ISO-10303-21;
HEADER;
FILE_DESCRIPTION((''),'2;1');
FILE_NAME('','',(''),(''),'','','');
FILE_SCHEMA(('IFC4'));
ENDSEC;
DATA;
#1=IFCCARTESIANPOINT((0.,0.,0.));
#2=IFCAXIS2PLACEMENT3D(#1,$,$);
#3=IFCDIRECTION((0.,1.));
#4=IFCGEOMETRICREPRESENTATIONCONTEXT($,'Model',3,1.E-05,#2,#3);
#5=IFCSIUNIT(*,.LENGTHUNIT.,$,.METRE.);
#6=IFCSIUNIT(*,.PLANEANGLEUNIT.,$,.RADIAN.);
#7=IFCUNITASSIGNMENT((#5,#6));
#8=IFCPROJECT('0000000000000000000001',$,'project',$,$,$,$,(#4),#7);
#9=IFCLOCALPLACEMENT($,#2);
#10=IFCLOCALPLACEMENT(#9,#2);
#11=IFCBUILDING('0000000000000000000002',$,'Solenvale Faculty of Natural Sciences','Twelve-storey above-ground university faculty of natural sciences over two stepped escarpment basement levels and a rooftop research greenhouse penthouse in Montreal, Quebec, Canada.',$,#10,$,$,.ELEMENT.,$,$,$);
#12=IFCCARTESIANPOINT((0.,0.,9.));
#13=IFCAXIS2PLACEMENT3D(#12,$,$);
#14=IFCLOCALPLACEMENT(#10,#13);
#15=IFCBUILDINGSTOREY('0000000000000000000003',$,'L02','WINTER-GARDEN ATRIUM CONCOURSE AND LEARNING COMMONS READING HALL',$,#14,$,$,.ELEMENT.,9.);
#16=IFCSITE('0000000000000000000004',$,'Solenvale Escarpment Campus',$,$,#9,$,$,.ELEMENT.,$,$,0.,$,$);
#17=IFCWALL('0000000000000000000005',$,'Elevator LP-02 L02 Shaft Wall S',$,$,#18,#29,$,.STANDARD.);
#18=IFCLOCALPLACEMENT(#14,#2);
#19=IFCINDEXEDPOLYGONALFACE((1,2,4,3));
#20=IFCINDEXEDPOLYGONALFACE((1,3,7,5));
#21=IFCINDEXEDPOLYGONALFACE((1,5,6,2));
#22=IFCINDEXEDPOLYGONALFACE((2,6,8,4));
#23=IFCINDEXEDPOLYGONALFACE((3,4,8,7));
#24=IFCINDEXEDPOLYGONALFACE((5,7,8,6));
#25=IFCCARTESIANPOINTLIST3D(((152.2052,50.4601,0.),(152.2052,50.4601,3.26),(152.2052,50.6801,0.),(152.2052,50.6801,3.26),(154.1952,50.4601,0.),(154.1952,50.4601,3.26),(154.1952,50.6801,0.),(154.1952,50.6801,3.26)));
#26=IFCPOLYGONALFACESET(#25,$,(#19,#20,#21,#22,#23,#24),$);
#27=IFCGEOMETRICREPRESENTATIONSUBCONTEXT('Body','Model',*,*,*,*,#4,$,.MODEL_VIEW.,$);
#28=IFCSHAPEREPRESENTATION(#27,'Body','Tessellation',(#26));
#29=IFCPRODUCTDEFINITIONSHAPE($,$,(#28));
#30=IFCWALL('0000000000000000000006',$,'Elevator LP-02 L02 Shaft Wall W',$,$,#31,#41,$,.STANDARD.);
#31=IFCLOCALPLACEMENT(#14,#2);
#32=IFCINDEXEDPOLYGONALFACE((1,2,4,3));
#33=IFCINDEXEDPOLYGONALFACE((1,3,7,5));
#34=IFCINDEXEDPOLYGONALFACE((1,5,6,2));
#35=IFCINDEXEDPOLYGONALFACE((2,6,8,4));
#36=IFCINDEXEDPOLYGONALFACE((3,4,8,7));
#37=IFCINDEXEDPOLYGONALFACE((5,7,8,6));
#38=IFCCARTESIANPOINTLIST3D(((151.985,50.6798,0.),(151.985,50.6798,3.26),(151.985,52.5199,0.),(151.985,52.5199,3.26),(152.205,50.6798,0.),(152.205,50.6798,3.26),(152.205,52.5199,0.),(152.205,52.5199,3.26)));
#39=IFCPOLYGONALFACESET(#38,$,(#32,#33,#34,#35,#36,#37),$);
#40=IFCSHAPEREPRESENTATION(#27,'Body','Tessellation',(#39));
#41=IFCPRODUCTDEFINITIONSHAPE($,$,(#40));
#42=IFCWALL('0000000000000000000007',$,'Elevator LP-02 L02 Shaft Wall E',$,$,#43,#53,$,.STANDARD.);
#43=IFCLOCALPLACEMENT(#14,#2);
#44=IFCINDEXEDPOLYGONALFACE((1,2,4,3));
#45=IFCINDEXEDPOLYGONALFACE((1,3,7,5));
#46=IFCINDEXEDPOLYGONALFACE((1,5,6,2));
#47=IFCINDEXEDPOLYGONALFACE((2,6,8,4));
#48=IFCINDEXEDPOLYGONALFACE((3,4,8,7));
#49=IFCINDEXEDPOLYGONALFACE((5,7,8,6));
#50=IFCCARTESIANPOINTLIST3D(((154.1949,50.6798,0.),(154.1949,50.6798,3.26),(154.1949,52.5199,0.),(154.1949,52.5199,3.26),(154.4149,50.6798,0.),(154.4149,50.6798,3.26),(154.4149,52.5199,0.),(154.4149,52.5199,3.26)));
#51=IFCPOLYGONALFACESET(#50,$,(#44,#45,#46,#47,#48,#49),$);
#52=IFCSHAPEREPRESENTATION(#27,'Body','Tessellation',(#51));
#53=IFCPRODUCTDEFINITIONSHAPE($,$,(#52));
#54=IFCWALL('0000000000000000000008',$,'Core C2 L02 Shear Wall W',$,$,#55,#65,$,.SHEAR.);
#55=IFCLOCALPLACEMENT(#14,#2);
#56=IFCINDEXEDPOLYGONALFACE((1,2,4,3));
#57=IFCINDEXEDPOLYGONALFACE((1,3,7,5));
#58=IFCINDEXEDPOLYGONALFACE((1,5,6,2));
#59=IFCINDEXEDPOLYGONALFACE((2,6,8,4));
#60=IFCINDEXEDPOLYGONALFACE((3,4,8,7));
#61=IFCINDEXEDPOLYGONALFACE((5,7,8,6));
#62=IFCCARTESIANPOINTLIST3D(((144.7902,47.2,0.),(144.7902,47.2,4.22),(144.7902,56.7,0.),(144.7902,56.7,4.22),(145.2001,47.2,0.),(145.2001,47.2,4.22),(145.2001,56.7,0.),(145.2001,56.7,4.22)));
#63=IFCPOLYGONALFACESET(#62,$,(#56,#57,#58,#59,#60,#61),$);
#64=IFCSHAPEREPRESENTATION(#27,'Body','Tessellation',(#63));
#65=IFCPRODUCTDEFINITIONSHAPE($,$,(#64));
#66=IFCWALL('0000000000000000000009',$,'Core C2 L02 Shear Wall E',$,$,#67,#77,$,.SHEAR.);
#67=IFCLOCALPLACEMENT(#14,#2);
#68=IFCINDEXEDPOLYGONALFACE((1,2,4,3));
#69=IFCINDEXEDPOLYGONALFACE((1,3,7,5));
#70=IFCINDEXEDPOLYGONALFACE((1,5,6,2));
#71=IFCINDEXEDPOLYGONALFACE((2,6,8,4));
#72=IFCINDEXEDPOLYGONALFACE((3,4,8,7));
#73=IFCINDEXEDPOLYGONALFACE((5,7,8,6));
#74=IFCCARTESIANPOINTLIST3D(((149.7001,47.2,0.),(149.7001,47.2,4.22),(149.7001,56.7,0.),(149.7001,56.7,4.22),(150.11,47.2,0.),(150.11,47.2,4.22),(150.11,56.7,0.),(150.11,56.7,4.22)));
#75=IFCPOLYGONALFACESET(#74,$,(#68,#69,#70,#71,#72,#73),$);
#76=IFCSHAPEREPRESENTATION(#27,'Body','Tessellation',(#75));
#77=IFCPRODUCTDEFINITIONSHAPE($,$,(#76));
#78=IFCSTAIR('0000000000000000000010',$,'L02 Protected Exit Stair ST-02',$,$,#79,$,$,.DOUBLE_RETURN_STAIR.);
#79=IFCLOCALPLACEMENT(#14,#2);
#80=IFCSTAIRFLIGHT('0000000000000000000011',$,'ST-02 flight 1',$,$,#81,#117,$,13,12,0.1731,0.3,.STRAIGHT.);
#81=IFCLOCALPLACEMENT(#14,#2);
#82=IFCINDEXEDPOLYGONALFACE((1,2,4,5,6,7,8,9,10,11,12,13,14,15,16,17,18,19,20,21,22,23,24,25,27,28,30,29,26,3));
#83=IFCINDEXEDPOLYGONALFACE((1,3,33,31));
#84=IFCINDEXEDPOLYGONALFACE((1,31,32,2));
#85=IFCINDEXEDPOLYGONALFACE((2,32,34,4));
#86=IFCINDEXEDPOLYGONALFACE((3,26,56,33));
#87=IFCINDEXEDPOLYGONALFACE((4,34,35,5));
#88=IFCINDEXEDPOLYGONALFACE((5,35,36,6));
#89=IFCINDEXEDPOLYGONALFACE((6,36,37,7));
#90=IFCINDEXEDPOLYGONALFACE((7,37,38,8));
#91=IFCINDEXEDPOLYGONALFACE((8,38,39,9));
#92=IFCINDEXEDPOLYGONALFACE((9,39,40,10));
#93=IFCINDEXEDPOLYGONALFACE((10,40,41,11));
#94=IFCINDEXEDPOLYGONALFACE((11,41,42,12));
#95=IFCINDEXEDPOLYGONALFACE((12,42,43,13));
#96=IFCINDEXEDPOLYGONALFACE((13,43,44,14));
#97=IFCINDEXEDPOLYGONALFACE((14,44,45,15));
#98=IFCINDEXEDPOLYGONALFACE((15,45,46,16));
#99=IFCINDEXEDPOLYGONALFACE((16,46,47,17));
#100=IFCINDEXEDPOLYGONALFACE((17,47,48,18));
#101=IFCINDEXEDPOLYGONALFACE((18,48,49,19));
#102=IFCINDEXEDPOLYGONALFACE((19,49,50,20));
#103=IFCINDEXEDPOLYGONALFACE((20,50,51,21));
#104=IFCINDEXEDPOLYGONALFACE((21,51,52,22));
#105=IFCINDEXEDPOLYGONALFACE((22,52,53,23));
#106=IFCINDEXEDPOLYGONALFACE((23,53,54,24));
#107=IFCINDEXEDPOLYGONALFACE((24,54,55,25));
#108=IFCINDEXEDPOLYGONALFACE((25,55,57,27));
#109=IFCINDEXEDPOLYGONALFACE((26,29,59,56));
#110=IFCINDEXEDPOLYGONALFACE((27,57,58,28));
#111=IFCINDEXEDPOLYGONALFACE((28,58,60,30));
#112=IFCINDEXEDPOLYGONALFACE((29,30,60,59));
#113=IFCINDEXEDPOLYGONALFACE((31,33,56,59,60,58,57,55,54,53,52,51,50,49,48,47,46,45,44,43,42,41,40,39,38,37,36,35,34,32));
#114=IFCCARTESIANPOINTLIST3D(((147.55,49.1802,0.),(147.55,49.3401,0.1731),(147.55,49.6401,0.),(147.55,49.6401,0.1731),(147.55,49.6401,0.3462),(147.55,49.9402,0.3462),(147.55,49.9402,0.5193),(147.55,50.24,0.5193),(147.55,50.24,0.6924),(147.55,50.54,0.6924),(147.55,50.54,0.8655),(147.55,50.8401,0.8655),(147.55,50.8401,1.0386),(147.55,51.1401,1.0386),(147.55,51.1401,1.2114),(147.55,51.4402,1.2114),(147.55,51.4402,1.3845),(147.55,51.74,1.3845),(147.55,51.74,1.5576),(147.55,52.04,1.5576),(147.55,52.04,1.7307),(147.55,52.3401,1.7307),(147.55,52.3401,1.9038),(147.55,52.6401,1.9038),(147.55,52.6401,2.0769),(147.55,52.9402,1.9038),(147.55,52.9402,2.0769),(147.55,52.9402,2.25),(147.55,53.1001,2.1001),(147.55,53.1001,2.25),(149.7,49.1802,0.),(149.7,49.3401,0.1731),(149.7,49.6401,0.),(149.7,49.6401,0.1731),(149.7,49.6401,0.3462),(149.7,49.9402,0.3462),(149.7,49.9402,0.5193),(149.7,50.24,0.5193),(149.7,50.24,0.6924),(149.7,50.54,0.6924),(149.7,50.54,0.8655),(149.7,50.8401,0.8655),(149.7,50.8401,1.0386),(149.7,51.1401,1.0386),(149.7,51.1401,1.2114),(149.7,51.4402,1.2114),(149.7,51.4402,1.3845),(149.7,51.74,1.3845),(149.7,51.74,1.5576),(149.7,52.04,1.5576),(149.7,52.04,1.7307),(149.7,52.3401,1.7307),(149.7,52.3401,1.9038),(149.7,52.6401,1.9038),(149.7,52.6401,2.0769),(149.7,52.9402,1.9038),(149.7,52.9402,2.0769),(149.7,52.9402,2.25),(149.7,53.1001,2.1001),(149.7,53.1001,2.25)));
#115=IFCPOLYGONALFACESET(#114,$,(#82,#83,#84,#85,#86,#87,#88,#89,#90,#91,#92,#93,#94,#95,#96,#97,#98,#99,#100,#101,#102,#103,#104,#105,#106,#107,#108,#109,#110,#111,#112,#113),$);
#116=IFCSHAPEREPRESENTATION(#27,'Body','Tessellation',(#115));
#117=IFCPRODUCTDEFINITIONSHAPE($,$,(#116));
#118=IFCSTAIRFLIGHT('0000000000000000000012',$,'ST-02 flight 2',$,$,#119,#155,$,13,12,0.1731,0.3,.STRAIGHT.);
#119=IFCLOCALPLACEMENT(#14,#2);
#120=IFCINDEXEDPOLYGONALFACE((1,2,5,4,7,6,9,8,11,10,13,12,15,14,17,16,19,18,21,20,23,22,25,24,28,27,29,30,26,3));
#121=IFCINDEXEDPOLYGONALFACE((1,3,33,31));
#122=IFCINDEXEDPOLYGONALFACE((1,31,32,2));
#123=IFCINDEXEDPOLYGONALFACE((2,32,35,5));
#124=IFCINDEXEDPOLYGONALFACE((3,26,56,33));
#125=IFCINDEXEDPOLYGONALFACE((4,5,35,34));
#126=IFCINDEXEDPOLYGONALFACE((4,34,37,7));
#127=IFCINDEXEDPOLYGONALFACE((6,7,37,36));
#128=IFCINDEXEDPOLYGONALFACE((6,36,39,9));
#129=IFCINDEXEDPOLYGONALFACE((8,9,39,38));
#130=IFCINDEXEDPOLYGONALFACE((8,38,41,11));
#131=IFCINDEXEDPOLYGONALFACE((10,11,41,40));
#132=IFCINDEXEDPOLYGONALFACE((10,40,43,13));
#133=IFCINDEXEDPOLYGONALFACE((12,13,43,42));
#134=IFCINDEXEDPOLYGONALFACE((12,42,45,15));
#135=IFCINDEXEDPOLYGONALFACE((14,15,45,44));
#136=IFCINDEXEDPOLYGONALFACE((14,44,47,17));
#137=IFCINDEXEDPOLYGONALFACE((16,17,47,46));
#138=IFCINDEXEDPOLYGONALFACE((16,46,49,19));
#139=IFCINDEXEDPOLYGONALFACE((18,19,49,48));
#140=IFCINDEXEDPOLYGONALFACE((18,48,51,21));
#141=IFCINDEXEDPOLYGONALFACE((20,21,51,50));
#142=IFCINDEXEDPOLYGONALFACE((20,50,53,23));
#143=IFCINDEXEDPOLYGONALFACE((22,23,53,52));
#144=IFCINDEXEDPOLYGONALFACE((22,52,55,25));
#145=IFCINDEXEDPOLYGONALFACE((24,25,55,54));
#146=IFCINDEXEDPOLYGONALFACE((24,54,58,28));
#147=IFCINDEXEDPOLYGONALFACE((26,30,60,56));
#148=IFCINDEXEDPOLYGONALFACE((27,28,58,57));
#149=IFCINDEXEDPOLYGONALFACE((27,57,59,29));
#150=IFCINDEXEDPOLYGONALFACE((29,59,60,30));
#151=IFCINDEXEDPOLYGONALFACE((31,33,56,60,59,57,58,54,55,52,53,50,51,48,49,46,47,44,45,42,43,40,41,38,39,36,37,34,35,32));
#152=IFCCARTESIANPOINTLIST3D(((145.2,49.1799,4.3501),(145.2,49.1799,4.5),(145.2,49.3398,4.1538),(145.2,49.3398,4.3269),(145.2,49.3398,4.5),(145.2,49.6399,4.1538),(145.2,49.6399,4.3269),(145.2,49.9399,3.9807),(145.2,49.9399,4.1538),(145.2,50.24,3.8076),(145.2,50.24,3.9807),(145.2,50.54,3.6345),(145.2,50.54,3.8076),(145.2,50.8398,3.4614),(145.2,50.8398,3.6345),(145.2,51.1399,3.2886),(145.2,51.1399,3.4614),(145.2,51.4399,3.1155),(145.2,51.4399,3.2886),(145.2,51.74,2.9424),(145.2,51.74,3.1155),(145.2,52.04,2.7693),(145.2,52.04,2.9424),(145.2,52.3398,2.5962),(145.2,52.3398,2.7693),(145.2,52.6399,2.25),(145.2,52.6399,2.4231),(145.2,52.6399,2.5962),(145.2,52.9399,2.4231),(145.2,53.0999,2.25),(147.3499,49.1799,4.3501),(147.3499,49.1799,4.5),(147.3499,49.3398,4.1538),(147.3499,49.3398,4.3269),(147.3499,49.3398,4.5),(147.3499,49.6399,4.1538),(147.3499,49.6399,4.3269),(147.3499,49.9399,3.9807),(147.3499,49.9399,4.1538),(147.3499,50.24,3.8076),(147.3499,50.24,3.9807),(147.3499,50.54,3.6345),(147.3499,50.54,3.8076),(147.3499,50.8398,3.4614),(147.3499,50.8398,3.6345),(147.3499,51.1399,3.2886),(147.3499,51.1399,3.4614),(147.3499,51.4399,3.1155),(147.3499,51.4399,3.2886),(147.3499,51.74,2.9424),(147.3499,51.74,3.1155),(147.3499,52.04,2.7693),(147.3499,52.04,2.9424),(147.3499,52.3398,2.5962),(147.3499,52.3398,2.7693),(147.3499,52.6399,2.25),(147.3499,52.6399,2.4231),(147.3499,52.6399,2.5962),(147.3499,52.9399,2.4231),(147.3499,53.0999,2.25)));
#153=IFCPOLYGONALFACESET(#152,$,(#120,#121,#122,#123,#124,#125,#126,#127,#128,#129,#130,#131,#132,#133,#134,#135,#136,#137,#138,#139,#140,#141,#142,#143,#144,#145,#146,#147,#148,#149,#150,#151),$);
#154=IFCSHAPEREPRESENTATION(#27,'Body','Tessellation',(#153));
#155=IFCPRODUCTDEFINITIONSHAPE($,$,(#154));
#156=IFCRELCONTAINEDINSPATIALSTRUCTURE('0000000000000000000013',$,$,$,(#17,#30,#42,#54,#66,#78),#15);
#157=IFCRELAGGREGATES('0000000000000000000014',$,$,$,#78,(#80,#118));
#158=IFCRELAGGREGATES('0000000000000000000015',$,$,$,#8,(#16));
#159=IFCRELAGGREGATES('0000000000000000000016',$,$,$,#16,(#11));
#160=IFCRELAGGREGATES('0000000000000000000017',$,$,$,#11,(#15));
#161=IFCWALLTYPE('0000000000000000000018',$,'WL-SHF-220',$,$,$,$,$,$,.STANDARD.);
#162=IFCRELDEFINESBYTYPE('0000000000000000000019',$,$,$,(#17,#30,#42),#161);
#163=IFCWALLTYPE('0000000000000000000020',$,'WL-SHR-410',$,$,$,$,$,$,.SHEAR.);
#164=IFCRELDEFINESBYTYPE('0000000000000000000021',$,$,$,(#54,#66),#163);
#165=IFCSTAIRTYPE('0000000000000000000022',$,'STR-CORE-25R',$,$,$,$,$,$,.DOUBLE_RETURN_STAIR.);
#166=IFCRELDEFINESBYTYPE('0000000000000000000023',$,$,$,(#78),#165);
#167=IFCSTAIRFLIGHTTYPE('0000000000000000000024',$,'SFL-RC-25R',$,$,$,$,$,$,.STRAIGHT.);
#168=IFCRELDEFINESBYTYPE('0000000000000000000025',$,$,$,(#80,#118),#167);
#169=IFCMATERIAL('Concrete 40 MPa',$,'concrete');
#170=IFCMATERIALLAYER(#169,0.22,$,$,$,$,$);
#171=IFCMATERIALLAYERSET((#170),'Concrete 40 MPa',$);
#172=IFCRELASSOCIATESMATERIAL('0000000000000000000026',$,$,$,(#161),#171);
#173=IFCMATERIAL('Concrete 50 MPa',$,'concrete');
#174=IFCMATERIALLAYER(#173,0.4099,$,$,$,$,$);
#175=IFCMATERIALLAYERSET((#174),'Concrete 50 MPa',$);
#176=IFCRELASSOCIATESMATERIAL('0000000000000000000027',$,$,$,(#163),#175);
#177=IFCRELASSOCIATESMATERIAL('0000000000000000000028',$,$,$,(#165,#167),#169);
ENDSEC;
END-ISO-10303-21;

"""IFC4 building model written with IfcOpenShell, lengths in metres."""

from ifc_helpers import new_model, si_unit, direction, frame, frame_2d, origin, place, context, subcontext, project, spatial, polyline, rectangle, outline, extrude, material, layer, layer_set, type_object, element, aggregate, save


model = new_model("IFC4")

# Units and contexts
model_context = context("Model", 3, precision=1e-05, world=origin(), true_north=direction((0.0, 1.0)))
body_context = subcontext(model_context, "Body", "Model", "MODEL_VIEW")
ifc_project = project(units=[si_unit("LENGTHUNIT", "METRE"), si_unit("PLANEANGLEUNIT", "RADIAN")], contexts=[model_context])

# Site, building, storey
site_placement = place(None, origin())
site = spatial("IfcSite", under=ifc_project, at=site_placement, Name="Solenvale Escarpment Campus", CompositionType="ELEMENT", RefElevation=0.0)
building_placement = place(site_placement, origin())
building = spatial("IfcBuilding", under=site, at=building_placement, Name="Solenvale Faculty of Natural Sciences", Description="Twelve-storey above-ground university faculty of natural sciences over two stepped escarpment basement levels and a rooftop research greenhouse penthouse in Montreal, Quebec, Canada.", CompositionType="ELEMENT")
storey_placement = place(building_placement, frame((0.0, 0.0, 9.0)))
storey = spatial("IfcBuildingStorey", under=building, at=storey_placement, Name="L02", Description="WINTER-GARDEN ATRIUM CONCOURSE AND LEARNING COMMONS READING HALL", CompositionType="ELEMENT", Elevation=9.0)

# Shared definitions
ifc_material_1 = material(Name="Concrete 50 MPa", Category="concrete")

# Shared definitions
ifc_material_2 = material(Name="Concrete 40 MPa", Category="concrete")

# Wall
ifc_layer_1 = layer(ifc_material_2, 0.22)
ifc_layer_set_1 = layer_set([ifc_layer_1], Name="Concrete 40 MPa")
wall_type_1 = type_object("IfcWallType", Name="WL-SHF-220", PredefinedType="STANDARD", material=ifc_layer_set_1)
wall_1_placement = place(storey_placement, frame((152.2051, 50.5701, 0.0), z_axis=(0.0, 0.0, 1.0), x_axis=(1.0, 0.0, 0.0)))
element("IfcWall", 1, at=wall_1_placement, inside=storey, type_object=wall_type_1, Name="Elevator LP-02 L02 Shaft Wall S", PredefinedType="STANDARD", context=body_context, shape_type="SweptSolid", body=[
    extrude(rectangle(XDim=1.99, YDim=0.22, at=frame_2d((0.9951, 0.0))), origin(), (0.0, 0.0, 1.0), 3.26),
])

# Walls
for number, where, z_axis, x_axis, name in (
    (2, (152.095, 50.6799, 0.0), (0.0, 0.0, 1.0), (0.0, 1.0, 0.0), "Elevator LP-02 L02 Shaft Wall W"),
    (3, (154.3049, 50.6799, 0.0), (0.0, 0.0, 1.0), (0.0, 1.0, 0.0), "Elevator LP-02 L02 Shaft Wall E"),
):
    element("IfcWall", number, at=place(storey_placement, frame(where, z_axis=z_axis, x_axis=x_axis)), inside=storey, type_object=wall_type_1, Name=name, PredefinedType="STANDARD", context=body_context, shape_type="SweptSolid", body=[
        extrude(rectangle(XDim=1.8401, YDim=0.22, at=frame_2d((0.9199, 0.0))), origin(), (0.0, 0.0, 1.0), 3.26),
    ])

# Shared definitions
ifc_layer_2 = layer(ifc_material_1, 0.4099)
ifc_layer_set_2 = layer_set([ifc_layer_2], Name="Concrete 50 MPa")
wall_type_2 = type_object("IfcWallType", Name="WL-SHR-410", PredefinedType="SHEAR", material=ifc_layer_set_2)

# Walls
for number, where, z_axis, x_axis, name in (
    (4, (144.9951, 47.2, 0.0), (0.0, 0.0, 1.0), (0.0, 1.0, 0.0), "Core C2 L02 Shear Wall W"),
    (5, (149.905, 47.2, 0.0), (0.0, 0.0, 1.0), (0.0, 1.0, 0.0), "Core C2 L02 Shear Wall E"),
):
    element("IfcWall", number, at=place(storey_placement, frame(where, z_axis=z_axis, x_axis=x_axis)), inside=storey, type_object=wall_type_2, Name=name, PredefinedType="SHEAR", context=body_context, shape_type="SweptSolid", body=[
        extrude(rectangle(XDim=9.5, YDim=0.4099, at=frame_2d((4.75, 0.0))), origin(), (0.0, 0.0, 1.0), 4.22),
    ])

# Stair, stair flights
stair_type = type_object("IfcStairType", Name="STR-CORE-25R", PredefinedType="DOUBLE_RETURN_STAIR", material=ifc_material_2)
stair_placement = place(storey_placement, origin())
stair = element("IfcStair", 6, at=stair_placement, inside=storey, type_object=stair_type, Name="L02 Protected Exit Stair ST-02", PredefinedType="DOUBLE_RETURN_STAIR")
stair_flight_type = type_object("IfcStairFlightType", Name="SFL-RC-25R", PredefinedType="STRAIGHT", material=ifc_material_2)
stair_flight_1_placement = place(storey_placement, frame((148.625, 49.3401, 0.0), z_axis=(0.0, 0.0, 1.0), x_axis=(0.0, 1.0, 0.0)))
stair_flight_1 = element("IfcStairFlight", 7, at=stair_flight_1_placement, type_object=stair_flight_type, Name="ST-02 flight 1", NumberOfRisers=13, NumberOfTreads=12, PredefinedType="STRAIGHT", RiserHeight=0.1731, TreadLength=0.3, context=body_context, shape_type="SweptSolid", body=[
    extrude(outline(polyline([(-0.1599, 0.0), (0.0, 0.1731), (0.3, 0.1731), (0.3, 0.3462), (0.6001, 0.3462), (0.6001, 0.5193), (0.8999, 0.5193), (0.8999, 0.6924), (1.2, 0.6924), (1.2, 0.8655), (1.5, 0.8655), (1.5, 1.0386), (1.8, 1.0386), (1.8, 1.2114), (2.1001, 1.2114), (2.1001, 1.3845), (2.3999, 1.3845), (2.3999, 1.5576), (2.7, 1.5576), (2.7, 1.7307), (3.0, 1.7307), (3.0, 1.9038), (3.3, 1.9038), (3.3, 2.0769), (3.6001, 2.0769), (3.6001, 2.25), (3.76, 2.25), (3.76, 2.1001), (3.6001, 1.9038), (0.3, 0.0), (-0.1599, 0.0)])), frame((0.0, 1.075, 0.0), z_axis=(0.0, -1.0, 0.0), x_axis=(1.0, 0.0, 0.0)), (0.0, 0.0, 1.0), 2.1499),
])
stair_flight_2_placement = place(storey_placement, frame((146.2749, 52.9399, 2.25), z_axis=(0.0, 0.0, 1.0), x_axis=(0.0, -1.0, 0.0)))
stair_flight_2 = element("IfcStairFlight", 8, at=stair_flight_2_placement, type_object=stair_flight_type, Name="ST-02 flight 2", NumberOfRisers=13, NumberOfTreads=12, PredefinedType="STRAIGHT", RiserHeight=0.1731, TreadLength=0.3, context=body_context, shape_type="SweptSolid", body=[
    extrude(outline(polyline([(-0.1599, 0.0), (0.0, 0.1731), (0.3, 0.1731), (0.3, 0.3462), (0.6001, 0.3462), (0.6001, 0.5193), (0.8999, 0.5193), (0.8999, 0.6924), (1.2, 0.6924), (1.2, 0.8655), (1.5, 0.8655), (1.5, 1.0386), (1.8, 1.0386), (1.8, 1.2114), (2.1001, 1.2114), (2.1001, 1.3845), (2.3999, 1.3845), (2.3999, 1.5576), (2.7, 1.5576), (2.7, 1.7307), (3.0, 1.7307), (3.0, 1.9038), (3.3, 1.9038), (3.3, 2.0769), (3.6001, 2.0769), (3.6001, 2.25), (3.76, 2.25), (3.76, 2.1001), (3.6001, 1.9038), (0.3, 0.0), (-0.1599, 0.0)])), frame((0.0, 1.075, 0.0), z_axis=(0.0, -1.0, 0.0), x_axis=(1.0, 0.0, 0.0)), (0.0, 0.0, 1.0), 2.1499),
])
aggregate(stair, [stair_flight_1, stair_flight_2])

save(model, "model.ifc")
